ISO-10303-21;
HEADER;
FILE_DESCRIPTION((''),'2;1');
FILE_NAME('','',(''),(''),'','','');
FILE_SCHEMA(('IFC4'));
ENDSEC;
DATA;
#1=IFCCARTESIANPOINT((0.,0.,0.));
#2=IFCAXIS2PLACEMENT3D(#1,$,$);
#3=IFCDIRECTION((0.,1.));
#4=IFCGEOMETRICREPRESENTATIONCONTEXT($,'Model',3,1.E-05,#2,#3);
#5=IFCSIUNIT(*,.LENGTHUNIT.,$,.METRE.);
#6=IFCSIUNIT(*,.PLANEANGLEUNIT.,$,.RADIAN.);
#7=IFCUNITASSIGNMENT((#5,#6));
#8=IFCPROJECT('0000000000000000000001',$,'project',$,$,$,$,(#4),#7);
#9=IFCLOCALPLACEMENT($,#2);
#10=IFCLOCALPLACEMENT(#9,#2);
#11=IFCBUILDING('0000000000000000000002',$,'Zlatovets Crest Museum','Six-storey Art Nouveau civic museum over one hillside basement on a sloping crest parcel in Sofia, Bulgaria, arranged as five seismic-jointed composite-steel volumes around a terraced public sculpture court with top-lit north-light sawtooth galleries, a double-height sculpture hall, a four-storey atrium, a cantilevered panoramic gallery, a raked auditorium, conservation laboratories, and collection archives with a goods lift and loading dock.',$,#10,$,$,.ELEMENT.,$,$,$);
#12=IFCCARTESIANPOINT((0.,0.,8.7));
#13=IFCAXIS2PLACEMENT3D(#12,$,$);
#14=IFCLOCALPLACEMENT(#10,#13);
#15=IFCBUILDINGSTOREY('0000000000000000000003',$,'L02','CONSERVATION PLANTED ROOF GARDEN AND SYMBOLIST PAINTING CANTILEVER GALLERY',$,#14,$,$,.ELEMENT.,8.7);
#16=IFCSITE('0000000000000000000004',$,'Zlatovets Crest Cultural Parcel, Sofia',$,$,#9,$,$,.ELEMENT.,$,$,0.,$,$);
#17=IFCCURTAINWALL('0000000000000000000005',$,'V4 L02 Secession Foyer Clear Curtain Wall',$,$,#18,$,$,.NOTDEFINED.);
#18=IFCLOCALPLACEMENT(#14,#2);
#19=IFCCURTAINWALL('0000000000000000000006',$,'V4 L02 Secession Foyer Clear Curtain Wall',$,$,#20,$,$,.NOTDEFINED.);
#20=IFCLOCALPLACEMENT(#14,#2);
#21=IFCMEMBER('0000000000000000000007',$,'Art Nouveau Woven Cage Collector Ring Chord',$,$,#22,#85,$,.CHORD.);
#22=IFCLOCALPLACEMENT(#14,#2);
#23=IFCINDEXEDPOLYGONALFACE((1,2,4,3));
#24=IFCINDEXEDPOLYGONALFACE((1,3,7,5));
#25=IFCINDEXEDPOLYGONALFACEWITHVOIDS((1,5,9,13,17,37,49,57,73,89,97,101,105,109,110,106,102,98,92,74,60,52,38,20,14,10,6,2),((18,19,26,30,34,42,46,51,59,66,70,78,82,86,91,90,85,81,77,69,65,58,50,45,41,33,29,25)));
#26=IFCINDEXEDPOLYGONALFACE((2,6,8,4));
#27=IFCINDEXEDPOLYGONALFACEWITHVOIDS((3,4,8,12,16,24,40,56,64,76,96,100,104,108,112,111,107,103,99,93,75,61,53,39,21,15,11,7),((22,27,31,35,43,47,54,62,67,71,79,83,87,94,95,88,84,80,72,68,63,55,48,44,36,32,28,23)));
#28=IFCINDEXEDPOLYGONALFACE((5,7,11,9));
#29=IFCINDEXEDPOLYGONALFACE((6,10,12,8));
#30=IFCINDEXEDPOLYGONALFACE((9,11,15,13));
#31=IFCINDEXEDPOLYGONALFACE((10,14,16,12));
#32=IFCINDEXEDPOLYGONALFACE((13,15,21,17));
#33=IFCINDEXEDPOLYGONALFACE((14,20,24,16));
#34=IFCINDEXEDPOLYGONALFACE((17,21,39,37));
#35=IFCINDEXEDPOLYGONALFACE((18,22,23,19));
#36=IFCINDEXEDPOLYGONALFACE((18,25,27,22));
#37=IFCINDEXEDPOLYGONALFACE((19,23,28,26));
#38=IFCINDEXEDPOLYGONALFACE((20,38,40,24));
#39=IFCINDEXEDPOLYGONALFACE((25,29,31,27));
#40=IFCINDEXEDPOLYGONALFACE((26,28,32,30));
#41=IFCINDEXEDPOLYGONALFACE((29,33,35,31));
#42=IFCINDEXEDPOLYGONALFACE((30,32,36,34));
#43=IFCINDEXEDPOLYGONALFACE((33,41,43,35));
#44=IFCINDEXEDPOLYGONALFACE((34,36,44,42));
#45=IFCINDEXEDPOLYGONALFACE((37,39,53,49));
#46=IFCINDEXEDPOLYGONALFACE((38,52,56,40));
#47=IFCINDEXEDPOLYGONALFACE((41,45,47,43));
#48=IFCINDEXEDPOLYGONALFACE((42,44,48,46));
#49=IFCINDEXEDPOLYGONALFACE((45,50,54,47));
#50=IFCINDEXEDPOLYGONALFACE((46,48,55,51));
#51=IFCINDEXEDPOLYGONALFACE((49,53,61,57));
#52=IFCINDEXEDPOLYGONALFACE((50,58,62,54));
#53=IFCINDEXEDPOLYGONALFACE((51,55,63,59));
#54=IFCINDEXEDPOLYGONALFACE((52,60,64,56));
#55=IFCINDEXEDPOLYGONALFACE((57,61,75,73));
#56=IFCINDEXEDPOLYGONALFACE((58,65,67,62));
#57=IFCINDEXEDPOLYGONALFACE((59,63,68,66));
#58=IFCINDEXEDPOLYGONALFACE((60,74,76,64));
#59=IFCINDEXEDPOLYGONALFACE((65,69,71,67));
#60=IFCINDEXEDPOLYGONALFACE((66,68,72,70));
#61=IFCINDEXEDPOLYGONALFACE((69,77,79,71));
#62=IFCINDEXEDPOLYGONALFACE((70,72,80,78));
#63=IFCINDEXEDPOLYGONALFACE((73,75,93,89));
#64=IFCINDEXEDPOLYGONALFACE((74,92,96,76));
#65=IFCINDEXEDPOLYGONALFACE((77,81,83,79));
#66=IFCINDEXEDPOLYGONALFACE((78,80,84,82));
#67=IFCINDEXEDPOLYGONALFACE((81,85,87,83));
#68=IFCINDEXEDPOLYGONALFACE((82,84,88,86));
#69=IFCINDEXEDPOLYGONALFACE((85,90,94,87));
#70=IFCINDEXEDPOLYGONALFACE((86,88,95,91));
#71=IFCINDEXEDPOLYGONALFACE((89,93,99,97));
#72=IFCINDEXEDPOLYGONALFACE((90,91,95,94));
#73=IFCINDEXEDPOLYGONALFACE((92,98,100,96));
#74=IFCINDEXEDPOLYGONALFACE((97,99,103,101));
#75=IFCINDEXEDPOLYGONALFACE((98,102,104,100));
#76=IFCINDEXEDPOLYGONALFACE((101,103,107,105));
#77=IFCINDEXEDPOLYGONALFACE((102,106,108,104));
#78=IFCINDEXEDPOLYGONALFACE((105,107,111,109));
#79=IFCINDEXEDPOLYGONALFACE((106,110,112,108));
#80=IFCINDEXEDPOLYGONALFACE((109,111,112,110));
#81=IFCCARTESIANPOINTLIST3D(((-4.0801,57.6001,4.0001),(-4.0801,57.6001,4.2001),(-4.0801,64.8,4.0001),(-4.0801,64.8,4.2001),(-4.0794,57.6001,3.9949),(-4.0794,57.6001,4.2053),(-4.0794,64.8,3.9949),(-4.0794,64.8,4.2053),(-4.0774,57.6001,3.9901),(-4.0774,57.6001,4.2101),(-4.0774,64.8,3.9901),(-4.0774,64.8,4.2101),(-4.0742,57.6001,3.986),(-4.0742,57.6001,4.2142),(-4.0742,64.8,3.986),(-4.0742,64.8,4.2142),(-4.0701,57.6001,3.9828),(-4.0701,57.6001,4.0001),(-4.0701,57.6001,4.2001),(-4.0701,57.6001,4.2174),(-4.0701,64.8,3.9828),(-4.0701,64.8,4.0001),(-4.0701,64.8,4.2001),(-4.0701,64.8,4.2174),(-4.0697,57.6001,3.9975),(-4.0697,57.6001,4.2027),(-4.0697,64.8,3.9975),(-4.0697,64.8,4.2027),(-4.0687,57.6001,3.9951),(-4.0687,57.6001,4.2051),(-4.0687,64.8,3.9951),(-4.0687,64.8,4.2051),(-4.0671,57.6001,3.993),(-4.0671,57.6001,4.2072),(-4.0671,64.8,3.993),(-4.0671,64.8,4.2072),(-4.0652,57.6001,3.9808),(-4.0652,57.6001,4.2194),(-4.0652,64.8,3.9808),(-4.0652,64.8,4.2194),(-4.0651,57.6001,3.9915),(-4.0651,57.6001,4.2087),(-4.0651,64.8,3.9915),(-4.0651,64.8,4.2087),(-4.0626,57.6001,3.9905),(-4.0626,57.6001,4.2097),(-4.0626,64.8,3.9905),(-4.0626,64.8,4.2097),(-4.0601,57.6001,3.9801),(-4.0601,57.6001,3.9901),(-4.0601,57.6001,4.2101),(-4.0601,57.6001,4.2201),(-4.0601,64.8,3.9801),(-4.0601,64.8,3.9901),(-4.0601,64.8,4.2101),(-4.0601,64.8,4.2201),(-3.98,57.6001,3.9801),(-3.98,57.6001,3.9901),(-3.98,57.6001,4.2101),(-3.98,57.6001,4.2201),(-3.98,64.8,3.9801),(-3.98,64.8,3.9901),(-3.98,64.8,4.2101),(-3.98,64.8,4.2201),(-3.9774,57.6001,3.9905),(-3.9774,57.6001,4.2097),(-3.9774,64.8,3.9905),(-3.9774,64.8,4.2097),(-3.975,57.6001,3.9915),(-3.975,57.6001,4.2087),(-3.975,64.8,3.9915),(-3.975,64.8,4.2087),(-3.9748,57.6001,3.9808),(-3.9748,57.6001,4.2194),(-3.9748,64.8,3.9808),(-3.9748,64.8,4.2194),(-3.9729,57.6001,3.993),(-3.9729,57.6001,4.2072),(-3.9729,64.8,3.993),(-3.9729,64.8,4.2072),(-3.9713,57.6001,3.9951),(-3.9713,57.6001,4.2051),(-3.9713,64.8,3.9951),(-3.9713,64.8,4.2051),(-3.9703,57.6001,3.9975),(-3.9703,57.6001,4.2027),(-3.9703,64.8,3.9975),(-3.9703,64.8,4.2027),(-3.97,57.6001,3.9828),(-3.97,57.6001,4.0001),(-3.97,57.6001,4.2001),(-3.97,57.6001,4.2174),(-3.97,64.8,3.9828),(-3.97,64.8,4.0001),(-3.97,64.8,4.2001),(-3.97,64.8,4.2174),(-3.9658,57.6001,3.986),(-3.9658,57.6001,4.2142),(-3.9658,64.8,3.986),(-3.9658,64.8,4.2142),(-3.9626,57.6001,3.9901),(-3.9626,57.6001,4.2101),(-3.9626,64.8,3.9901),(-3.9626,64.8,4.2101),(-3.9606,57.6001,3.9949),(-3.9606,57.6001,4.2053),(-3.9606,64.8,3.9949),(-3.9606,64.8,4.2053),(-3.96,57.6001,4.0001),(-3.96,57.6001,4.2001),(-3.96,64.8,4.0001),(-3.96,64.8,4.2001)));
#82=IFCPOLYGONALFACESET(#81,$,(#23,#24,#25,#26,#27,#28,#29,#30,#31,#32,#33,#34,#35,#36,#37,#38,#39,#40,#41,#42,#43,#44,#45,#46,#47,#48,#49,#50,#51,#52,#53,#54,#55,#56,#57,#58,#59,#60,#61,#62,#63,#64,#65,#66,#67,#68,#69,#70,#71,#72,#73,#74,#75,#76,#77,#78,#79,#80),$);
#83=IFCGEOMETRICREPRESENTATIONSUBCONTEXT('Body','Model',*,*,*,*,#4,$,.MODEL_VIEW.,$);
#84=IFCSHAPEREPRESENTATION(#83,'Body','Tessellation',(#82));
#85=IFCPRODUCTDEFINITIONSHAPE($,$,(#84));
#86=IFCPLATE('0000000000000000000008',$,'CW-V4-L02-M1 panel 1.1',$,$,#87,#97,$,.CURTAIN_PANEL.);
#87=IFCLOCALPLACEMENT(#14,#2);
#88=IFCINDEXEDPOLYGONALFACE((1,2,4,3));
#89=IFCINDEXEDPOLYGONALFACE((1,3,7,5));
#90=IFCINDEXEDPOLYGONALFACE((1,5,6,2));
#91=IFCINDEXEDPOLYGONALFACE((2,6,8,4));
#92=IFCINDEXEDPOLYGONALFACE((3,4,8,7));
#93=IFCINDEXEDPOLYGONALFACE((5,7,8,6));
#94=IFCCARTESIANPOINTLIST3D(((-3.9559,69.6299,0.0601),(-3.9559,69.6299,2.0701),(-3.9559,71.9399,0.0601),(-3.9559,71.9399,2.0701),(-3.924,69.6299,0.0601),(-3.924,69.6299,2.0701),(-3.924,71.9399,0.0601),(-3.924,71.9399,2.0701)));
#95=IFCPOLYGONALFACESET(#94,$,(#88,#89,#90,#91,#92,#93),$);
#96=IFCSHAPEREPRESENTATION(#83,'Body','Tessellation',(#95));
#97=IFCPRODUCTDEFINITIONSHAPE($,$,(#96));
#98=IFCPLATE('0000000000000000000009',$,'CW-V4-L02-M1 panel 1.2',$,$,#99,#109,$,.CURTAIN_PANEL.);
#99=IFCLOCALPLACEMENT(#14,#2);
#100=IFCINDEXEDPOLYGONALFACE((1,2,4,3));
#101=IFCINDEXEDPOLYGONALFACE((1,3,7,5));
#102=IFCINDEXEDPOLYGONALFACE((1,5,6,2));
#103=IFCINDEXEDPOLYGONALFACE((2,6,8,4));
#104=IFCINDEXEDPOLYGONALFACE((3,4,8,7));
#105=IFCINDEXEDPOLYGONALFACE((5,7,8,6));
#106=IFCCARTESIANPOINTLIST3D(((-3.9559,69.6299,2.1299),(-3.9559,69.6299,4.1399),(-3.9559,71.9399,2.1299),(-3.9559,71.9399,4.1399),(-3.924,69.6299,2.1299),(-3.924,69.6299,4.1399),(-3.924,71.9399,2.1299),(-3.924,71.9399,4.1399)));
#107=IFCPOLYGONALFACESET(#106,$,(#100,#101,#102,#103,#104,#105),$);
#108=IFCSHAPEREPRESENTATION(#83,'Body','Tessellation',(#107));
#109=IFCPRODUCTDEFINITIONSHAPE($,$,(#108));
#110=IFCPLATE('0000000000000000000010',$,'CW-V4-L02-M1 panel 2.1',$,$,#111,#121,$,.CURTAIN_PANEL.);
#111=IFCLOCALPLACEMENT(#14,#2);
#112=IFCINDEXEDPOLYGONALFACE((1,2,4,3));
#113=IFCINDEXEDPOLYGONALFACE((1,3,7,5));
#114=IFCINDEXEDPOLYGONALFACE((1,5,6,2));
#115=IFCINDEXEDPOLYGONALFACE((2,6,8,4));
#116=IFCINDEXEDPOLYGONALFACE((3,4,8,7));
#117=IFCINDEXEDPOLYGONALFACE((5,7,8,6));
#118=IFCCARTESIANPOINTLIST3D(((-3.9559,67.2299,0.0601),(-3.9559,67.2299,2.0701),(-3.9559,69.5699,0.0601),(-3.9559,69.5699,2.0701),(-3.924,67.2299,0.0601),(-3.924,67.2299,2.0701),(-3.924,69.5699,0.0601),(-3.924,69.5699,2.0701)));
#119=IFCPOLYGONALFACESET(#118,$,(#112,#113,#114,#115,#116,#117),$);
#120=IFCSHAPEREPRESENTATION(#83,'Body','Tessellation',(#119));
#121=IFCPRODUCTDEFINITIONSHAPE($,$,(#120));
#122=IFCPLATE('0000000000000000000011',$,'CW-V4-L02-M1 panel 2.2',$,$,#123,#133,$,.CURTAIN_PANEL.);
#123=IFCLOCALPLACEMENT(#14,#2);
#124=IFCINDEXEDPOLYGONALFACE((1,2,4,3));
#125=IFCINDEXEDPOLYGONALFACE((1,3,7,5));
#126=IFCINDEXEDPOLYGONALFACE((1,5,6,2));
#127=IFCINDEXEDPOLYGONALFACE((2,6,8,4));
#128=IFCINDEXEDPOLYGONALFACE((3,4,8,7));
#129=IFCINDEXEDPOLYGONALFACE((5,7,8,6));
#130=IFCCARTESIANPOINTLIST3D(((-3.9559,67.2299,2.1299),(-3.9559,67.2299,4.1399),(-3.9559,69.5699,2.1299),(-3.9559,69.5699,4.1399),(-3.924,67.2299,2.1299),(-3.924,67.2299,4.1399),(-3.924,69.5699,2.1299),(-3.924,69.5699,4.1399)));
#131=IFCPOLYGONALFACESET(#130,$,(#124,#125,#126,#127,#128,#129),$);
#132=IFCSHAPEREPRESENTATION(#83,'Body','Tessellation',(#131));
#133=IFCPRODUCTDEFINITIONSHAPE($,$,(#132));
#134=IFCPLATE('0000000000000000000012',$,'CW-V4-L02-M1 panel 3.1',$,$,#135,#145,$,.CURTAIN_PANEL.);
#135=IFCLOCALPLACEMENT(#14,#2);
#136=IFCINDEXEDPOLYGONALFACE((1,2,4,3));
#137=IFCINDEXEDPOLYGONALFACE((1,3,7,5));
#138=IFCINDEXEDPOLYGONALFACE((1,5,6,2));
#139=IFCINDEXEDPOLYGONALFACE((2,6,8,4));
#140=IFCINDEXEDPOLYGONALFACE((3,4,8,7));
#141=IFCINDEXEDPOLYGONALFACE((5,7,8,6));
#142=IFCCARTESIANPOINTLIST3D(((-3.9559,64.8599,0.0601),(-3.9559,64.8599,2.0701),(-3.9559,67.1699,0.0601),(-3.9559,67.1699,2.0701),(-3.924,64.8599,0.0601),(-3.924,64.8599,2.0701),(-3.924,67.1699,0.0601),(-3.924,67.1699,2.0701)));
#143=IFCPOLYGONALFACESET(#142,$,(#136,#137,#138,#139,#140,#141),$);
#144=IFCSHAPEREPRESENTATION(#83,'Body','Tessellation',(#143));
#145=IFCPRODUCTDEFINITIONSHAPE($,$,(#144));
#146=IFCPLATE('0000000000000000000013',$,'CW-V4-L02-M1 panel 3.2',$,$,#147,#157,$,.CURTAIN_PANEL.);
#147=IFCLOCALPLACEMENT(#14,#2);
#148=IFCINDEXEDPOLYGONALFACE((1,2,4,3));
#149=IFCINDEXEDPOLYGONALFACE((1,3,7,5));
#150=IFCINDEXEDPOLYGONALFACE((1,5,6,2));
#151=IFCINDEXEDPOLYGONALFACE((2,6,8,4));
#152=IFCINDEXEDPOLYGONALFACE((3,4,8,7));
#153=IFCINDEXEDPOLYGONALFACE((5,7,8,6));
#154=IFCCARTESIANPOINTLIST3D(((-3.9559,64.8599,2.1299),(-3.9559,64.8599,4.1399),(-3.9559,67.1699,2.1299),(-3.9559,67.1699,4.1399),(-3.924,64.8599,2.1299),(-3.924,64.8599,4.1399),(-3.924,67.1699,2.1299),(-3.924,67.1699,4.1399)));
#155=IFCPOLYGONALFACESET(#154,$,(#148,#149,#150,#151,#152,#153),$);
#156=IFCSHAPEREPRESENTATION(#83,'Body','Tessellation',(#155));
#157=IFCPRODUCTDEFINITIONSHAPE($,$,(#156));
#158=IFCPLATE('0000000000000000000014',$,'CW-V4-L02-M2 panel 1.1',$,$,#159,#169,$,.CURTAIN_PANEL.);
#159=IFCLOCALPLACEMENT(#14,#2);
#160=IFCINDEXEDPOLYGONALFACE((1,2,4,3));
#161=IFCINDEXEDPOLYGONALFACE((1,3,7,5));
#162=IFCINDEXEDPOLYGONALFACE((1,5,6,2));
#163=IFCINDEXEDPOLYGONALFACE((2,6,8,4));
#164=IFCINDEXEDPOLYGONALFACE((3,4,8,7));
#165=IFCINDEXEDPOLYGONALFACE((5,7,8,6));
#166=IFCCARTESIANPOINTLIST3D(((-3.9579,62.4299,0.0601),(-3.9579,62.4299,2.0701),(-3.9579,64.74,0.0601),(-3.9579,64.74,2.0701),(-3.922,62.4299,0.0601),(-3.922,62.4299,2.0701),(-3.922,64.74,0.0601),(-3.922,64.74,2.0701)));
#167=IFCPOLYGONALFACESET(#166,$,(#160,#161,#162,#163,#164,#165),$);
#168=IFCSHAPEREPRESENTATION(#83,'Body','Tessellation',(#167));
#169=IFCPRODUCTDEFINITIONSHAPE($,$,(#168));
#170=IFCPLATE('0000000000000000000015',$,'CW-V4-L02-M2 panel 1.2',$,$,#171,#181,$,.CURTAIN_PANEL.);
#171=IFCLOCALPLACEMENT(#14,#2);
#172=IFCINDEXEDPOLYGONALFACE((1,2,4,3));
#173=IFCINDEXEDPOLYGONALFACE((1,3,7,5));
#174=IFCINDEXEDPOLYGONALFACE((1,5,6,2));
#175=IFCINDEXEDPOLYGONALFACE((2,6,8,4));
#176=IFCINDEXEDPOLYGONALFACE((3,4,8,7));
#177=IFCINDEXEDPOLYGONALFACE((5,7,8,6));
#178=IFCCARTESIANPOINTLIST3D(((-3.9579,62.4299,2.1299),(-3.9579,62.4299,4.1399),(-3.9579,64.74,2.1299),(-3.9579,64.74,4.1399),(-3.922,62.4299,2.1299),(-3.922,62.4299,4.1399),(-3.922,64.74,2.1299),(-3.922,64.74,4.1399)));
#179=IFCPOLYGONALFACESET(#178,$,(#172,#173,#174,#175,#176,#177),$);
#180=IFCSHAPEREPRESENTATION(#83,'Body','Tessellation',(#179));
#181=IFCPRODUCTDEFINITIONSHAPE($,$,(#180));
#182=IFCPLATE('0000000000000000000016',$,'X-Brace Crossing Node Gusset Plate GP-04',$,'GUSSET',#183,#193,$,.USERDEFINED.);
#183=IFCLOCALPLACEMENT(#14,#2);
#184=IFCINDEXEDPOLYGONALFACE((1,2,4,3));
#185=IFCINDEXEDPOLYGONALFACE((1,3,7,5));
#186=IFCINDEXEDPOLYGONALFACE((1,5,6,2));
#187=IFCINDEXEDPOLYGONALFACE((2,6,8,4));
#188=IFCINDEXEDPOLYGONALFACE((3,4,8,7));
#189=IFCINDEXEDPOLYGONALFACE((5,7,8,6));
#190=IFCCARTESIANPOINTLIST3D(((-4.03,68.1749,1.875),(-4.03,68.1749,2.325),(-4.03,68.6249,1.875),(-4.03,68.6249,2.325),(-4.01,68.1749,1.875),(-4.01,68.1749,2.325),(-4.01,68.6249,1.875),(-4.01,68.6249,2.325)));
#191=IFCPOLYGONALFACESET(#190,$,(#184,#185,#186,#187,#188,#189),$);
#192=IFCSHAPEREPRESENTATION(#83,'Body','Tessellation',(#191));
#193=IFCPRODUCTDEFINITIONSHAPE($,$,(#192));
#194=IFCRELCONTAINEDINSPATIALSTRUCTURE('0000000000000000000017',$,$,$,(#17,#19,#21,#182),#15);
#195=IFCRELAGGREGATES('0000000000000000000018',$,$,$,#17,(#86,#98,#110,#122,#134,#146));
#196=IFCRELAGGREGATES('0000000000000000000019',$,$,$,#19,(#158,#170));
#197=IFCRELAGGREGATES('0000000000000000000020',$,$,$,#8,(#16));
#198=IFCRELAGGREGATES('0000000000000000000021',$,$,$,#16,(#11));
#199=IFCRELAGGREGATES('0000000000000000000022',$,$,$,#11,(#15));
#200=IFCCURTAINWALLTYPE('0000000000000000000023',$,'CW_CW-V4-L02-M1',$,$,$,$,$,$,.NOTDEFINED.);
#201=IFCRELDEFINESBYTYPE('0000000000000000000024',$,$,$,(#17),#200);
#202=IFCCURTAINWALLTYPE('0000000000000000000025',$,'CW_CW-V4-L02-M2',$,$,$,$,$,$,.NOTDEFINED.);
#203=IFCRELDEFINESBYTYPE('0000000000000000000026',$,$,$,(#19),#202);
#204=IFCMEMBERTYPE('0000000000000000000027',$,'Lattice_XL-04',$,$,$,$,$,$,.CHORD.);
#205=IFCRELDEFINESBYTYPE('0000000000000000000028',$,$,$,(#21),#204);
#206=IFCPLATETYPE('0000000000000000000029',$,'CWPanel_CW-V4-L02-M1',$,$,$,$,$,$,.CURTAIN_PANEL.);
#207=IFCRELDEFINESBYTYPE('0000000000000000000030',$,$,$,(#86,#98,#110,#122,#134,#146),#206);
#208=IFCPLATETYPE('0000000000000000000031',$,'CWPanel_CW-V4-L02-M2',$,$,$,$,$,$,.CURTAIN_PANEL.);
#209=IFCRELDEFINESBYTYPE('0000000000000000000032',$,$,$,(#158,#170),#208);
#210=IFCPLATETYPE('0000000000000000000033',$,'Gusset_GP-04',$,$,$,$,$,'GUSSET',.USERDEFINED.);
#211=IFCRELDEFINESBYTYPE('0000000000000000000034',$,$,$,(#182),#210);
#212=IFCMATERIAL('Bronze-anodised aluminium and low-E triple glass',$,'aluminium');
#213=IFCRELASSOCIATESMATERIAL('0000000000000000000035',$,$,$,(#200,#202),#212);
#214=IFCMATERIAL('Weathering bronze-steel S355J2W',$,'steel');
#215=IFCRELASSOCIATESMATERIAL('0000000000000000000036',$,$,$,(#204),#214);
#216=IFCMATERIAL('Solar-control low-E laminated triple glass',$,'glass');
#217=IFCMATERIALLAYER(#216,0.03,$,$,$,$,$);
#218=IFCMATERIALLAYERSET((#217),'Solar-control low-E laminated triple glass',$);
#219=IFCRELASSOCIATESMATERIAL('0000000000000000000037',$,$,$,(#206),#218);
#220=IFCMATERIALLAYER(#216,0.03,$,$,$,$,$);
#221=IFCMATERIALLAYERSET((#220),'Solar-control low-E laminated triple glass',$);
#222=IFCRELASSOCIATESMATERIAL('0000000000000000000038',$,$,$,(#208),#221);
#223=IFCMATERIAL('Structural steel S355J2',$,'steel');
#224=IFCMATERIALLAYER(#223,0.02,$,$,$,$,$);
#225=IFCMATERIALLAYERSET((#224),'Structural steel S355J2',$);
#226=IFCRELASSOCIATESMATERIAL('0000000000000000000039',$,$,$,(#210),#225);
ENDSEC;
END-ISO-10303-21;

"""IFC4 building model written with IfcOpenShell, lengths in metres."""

from ifc_helpers import new_model, si_unit, direction, frame, origin, origin_2d, place, context, subcontext, project, spatial, rectangle, hollow_rectangle, extrude, material, layer, layer_set, material_profile, profile_set, type_object, element, aggregate, save


model = new_model("IFC4")

# Units and contexts
model_context = context("Model", 3, precision=1e-05, world=origin(), true_north=direction((0.0, 1.0)))
body_context = subcontext(model_context, "Body", "Model", "MODEL_VIEW")
ifc_project = project(units=[si_unit("LENGTHUNIT", "METRE"), si_unit("PLANEANGLEUNIT", "RADIAN")], contexts=[model_context])

# Site, building, storey
site_placement = place(None, origin())
site = spatial("IfcSite", under=ifc_project, at=site_placement, Name="Zlatovets Crest Cultural Parcel, Sofia", CompositionType="ELEMENT", RefElevation=0.0)
building_placement = place(site_placement, origin())
building = spatial("IfcBuilding", under=site, at=building_placement, Name="Zlatovets Crest Museum", Description="Six-storey Art Nouveau civic museum over one hillside basement on a sloping crest parcel in Sofia, Bulgaria, arranged as five seismic-jointed composite-steel volumes around a terraced public sculpture court with top-lit north-light sawtooth galleries, a double-height sculpture hall, a four-storey atrium, a cantilevered panoramic gallery, a raked auditorium, conservation laboratories, and collection archives with a goods lift and loading dock.", CompositionType="ELEMENT")
storey_placement = place(building_placement, frame((0.0, 0.0, 8.7)))
storey = spatial("IfcBuildingStorey", under=building, at=storey_placement, Name="L02", Description="CONSERVATION PLANTED ROOF GARDEN AND SYMBOLIST PAINTING CANTILEVER GALLERY", CompositionType="ELEMENT", Elevation=8.7)

# Curtain wall
ifc_material_1 = material(Name="Bronze-anodised aluminium and low-E triple glass", Category="aluminium")
curtain_wall_type_1 = type_object("IfcCurtainWallType", Name="CW_CW-V4-L02-M1", PredefinedType="NOTDEFINED", material=ifc_material_1)
curtain_wall_1_placement = place(storey_placement, origin())
curtain_wall_1 = element("IfcCurtainWall", 1, at=curtain_wall_1_placement, inside=storey, type_object=curtain_wall_type_1, Name="V4 L02 Secession Foyer Clear Curtain Wall", PredefinedType="NOTDEFINED")

# Curtain wall
curtain_wall_type_2 = type_object("IfcCurtainWallType", Name="CW_CW-V4-L02-M2", PredefinedType="NOTDEFINED", material=ifc_material_1)
curtain_wall_2_placement = place(storey_placement, origin())
curtain_wall_2 = element("IfcCurtainWall", 2, at=curtain_wall_2_placement, inside=storey, type_object=curtain_wall_type_2, Name="V4 L02 Secession Foyer Clear Curtain Wall", PredefinedType="NOTDEFINED")

# Member
ifc_material_2 = material(Name="Weathering bronze-steel S355J2W", Category="steel")
ifc_material_profile_1 = material_profile(ifc_material_2, hollow_rectangle(XDim=0.1201, YDim=0.24, WallThickness=0.01, InnerFilletRadius=0.01, OuterFilletRadius=0.02, at=origin_2d()), Name="RHS 120x240x10.0")
ifc_profile_set_1 = profile_set([ifc_material_profile_1], Name="Weathering bronze-steel S355J2W")
member_type_1 = type_object("IfcMemberType", Name="Lattice_XL-04", PredefinedType="CHORD", material=ifc_profile_set_1)
for number, where, z_axis, x_axis, name in (
    (3, (-4.02, 64.8, 4.1001), (0.0, -1.0, 0.0), (1.0, 0.0, 0.0), "Art Nouveau Woven Cage Collector Ring Chord"),
):
    element("IfcMember", number, at=place(storey_placement, frame(where, z_axis=z_axis, x_axis=x_axis)), inside=storey, type_object=member_type_1, Name=name, PredefinedType="CHORD", context=body_context, shape_type="SweptSolid", body=[
        extrude(hollow_rectangle(XDim=0.1201, YDim=0.24, WallThickness=0.01, InnerFilletRadius=0.01, OuterFilletRadius=0.02, at=origin_2d()), origin(), (0.0, 0.0, 1.0), 7.2),
    ])

# Plates
ifc_material_3 = material(Name="Solar-control low-E laminated triple glass", Category="glass")
ifc_layer_1 = layer(ifc_material_3, 0.03)
ifc_layer_set_1 = layer_set([ifc_layer_1], Name="Solar-control low-E laminated triple glass")
plate_type_1 = type_object("IfcPlateType", Name="CWPanel_CW-V4-L02-M1", PredefinedType="CURTAIN_PANEL", material=ifc_layer_set_1)
plate_1_placement = place(storey_placement, frame((-3.9399, 70.7849, 0.0601), z_axis=(0.0, 0.0, 1.0), x_axis=(0.0, -1.0, 0.0)))
plate_1 = element("IfcPlate", 4, at=plate_1_placement, type_object=plate_type_1, Name="CW-V4-L02-M1 panel 1.1", PredefinedType="CURTAIN_PANEL", context=body_context, shape_type="SweptSolid", body=[
    extrude(rectangle(XDim=2.3101, YDim=0.032, at=origin_2d()), origin(), (0.0, 0.0, 1.0), 2.01),
])
plate_2_placement = place(storey_placement, frame((-3.9399, 70.7849, 2.1299), z_axis=(0.0, 0.0, 1.0), x_axis=(0.0, -1.0, 0.0)))
plate_2 = element("IfcPlate", 5, at=plate_2_placement, type_object=plate_type_1, Name="CW-V4-L02-M1 panel 1.2", PredefinedType="CURTAIN_PANEL", context=body_context, shape_type="SweptSolid", body=[
    extrude(rectangle(XDim=2.3101, YDim=0.032, at=origin_2d()), origin(), (0.0, 0.0, 1.0), 2.01),
])
plate_3_placement = place(storey_placement, frame((-3.9399, 68.3999, 0.0601), z_axis=(0.0, 0.0, 1.0), x_axis=(0.0, -1.0, 0.0)))
plate_3 = element("IfcPlate", 6, at=plate_3_placement, type_object=plate_type_1, Name="CW-V4-L02-M1 panel 2.1", PredefinedType="CURTAIN_PANEL", context=body_context, shape_type="SweptSolid", body=[
    extrude(rectangle(XDim=2.3401, YDim=0.032, at=origin_2d()), origin(), (0.0, 0.0, 1.0), 2.01),
])
plate_4_placement = place(storey_placement, frame((-3.9399, 68.3999, 2.1299), z_axis=(0.0, 0.0, 1.0), x_axis=(0.0, -1.0, 0.0)))
plate_4 = element("IfcPlate", 7, at=plate_4_placement, type_object=plate_type_1, Name="CW-V4-L02-M1 panel 2.2", PredefinedType="CURTAIN_PANEL", context=body_context, shape_type="SweptSolid", body=[
    extrude(rectangle(XDim=2.3401, YDim=0.032, at=origin_2d()), origin(), (0.0, 0.0, 1.0), 2.01),
])
plate_5_placement = place(storey_placement, frame((-3.9399, 66.0149, 0.0601), z_axis=(0.0, 0.0, 1.0), x_axis=(0.0, -1.0, 0.0)))
plate_5 = element("IfcPlate", 8, at=plate_5_placement, type_object=plate_type_1, Name="CW-V4-L02-M1 panel 3.1", PredefinedType="CURTAIN_PANEL", context=body_context, shape_type="SweptSolid", body=[
    extrude(rectangle(XDim=2.3101, YDim=0.032, at=origin_2d()), origin(), (0.0, 0.0, 1.0), 2.01),
])
plate_6_placement = place(storey_placement, frame((-3.9399, 66.0149, 2.1299), z_axis=(0.0, 0.0, 1.0), x_axis=(0.0, -1.0, 0.0)))
plate_6 = element("IfcPlate", 9, at=plate_6_placement, type_object=plate_type_1, Name="CW-V4-L02-M1 panel 3.2", PredefinedType="CURTAIN_PANEL", context=body_context, shape_type="SweptSolid", body=[
    extrude(rectangle(XDim=2.3101, YDim=0.032, at=origin_2d()), origin(), (0.0, 0.0, 1.0), 2.01),
])
aggregate(curtain_wall_1, [plate_1, plate_2, plate_3, plate_4, plate_5, plate_6])
ifc_layer_2 = layer(ifc_material_3, 0.03)
ifc_layer_set_2 = layer_set([ifc_layer_2], Name="Solar-control low-E laminated triple glass")
plate_type_2 = type_object("IfcPlateType", Name="CWPanel_CW-V4-L02-M2", PredefinedType="CURTAIN_PANEL", material=ifc_layer_set_2)
plate_7_placement = place(storey_placement, frame((-3.9399, 63.585, 0.0601), z_axis=(0.0, 0.0, 1.0), x_axis=(0.0, -1.0, 0.0)))
plate_7 = element("IfcPlate", 10, at=plate_7_placement, type_object=plate_type_2, Name="CW-V4-L02-M2 panel 1.1", PredefinedType="CURTAIN_PANEL", context=body_context, shape_type="SweptSolid", body=[
    extrude(rectangle(XDim=2.3101, YDim=0.0359, at=origin_2d()), origin(), (0.0, 0.0, 1.0), 2.01),
])
plate_8_placement = place(storey_placement, frame((-3.9399, 63.585, 2.1299), z_axis=(0.0, 0.0, 1.0), x_axis=(0.0, -1.0, 0.0)))
plate_8 = element("IfcPlate", 11, at=plate_8_placement, type_object=plate_type_2, Name="CW-V4-L02-M2 panel 1.2", PredefinedType="CURTAIN_PANEL", context=body_context, shape_type="SweptSolid", body=[
    extrude(rectangle(XDim=2.3101, YDim=0.0359, at=origin_2d()), origin(), (0.0, 0.0, 1.0), 2.01),
])
aggregate(curtain_wall_2, [plate_7, plate_8])
ifc_material_4 = material(Name="Structural steel S355J2", Category="steel")
ifc_layer_3 = layer(ifc_material_4, 0.02)
ifc_layer_set_3 = layer_set([ifc_layer_3], Name="Structural steel S355J2")
plate_type_3 = type_object("IfcPlateType", Name="Gusset_GP-04", ElementType="GUSSET", PredefinedType="USERDEFINED", material=ifc_layer_set_3)
plate_9_placement = place(storey_placement, frame((-4.02, 68.3999, 1.875), z_axis=(0.0, 0.0, 1.0), x_axis=(1.0, 0.0, 0.0)))
element("IfcPlate", 12, at=plate_9_placement, inside=storey, type_object=plate_type_3, Name="X-Brace Crossing Node Gusset Plate GP-04", ObjectType="GUSSET", PredefinedType="USERDEFINED", context=body_context, shape_type="SweptSolid", body=[
    extrude(rectangle(XDim=0.02, YDim=0.45, at=origin_2d()), origin(), (0.0, 0.0, 1.0), 0.45),
])

save(model, "model.ifc")
